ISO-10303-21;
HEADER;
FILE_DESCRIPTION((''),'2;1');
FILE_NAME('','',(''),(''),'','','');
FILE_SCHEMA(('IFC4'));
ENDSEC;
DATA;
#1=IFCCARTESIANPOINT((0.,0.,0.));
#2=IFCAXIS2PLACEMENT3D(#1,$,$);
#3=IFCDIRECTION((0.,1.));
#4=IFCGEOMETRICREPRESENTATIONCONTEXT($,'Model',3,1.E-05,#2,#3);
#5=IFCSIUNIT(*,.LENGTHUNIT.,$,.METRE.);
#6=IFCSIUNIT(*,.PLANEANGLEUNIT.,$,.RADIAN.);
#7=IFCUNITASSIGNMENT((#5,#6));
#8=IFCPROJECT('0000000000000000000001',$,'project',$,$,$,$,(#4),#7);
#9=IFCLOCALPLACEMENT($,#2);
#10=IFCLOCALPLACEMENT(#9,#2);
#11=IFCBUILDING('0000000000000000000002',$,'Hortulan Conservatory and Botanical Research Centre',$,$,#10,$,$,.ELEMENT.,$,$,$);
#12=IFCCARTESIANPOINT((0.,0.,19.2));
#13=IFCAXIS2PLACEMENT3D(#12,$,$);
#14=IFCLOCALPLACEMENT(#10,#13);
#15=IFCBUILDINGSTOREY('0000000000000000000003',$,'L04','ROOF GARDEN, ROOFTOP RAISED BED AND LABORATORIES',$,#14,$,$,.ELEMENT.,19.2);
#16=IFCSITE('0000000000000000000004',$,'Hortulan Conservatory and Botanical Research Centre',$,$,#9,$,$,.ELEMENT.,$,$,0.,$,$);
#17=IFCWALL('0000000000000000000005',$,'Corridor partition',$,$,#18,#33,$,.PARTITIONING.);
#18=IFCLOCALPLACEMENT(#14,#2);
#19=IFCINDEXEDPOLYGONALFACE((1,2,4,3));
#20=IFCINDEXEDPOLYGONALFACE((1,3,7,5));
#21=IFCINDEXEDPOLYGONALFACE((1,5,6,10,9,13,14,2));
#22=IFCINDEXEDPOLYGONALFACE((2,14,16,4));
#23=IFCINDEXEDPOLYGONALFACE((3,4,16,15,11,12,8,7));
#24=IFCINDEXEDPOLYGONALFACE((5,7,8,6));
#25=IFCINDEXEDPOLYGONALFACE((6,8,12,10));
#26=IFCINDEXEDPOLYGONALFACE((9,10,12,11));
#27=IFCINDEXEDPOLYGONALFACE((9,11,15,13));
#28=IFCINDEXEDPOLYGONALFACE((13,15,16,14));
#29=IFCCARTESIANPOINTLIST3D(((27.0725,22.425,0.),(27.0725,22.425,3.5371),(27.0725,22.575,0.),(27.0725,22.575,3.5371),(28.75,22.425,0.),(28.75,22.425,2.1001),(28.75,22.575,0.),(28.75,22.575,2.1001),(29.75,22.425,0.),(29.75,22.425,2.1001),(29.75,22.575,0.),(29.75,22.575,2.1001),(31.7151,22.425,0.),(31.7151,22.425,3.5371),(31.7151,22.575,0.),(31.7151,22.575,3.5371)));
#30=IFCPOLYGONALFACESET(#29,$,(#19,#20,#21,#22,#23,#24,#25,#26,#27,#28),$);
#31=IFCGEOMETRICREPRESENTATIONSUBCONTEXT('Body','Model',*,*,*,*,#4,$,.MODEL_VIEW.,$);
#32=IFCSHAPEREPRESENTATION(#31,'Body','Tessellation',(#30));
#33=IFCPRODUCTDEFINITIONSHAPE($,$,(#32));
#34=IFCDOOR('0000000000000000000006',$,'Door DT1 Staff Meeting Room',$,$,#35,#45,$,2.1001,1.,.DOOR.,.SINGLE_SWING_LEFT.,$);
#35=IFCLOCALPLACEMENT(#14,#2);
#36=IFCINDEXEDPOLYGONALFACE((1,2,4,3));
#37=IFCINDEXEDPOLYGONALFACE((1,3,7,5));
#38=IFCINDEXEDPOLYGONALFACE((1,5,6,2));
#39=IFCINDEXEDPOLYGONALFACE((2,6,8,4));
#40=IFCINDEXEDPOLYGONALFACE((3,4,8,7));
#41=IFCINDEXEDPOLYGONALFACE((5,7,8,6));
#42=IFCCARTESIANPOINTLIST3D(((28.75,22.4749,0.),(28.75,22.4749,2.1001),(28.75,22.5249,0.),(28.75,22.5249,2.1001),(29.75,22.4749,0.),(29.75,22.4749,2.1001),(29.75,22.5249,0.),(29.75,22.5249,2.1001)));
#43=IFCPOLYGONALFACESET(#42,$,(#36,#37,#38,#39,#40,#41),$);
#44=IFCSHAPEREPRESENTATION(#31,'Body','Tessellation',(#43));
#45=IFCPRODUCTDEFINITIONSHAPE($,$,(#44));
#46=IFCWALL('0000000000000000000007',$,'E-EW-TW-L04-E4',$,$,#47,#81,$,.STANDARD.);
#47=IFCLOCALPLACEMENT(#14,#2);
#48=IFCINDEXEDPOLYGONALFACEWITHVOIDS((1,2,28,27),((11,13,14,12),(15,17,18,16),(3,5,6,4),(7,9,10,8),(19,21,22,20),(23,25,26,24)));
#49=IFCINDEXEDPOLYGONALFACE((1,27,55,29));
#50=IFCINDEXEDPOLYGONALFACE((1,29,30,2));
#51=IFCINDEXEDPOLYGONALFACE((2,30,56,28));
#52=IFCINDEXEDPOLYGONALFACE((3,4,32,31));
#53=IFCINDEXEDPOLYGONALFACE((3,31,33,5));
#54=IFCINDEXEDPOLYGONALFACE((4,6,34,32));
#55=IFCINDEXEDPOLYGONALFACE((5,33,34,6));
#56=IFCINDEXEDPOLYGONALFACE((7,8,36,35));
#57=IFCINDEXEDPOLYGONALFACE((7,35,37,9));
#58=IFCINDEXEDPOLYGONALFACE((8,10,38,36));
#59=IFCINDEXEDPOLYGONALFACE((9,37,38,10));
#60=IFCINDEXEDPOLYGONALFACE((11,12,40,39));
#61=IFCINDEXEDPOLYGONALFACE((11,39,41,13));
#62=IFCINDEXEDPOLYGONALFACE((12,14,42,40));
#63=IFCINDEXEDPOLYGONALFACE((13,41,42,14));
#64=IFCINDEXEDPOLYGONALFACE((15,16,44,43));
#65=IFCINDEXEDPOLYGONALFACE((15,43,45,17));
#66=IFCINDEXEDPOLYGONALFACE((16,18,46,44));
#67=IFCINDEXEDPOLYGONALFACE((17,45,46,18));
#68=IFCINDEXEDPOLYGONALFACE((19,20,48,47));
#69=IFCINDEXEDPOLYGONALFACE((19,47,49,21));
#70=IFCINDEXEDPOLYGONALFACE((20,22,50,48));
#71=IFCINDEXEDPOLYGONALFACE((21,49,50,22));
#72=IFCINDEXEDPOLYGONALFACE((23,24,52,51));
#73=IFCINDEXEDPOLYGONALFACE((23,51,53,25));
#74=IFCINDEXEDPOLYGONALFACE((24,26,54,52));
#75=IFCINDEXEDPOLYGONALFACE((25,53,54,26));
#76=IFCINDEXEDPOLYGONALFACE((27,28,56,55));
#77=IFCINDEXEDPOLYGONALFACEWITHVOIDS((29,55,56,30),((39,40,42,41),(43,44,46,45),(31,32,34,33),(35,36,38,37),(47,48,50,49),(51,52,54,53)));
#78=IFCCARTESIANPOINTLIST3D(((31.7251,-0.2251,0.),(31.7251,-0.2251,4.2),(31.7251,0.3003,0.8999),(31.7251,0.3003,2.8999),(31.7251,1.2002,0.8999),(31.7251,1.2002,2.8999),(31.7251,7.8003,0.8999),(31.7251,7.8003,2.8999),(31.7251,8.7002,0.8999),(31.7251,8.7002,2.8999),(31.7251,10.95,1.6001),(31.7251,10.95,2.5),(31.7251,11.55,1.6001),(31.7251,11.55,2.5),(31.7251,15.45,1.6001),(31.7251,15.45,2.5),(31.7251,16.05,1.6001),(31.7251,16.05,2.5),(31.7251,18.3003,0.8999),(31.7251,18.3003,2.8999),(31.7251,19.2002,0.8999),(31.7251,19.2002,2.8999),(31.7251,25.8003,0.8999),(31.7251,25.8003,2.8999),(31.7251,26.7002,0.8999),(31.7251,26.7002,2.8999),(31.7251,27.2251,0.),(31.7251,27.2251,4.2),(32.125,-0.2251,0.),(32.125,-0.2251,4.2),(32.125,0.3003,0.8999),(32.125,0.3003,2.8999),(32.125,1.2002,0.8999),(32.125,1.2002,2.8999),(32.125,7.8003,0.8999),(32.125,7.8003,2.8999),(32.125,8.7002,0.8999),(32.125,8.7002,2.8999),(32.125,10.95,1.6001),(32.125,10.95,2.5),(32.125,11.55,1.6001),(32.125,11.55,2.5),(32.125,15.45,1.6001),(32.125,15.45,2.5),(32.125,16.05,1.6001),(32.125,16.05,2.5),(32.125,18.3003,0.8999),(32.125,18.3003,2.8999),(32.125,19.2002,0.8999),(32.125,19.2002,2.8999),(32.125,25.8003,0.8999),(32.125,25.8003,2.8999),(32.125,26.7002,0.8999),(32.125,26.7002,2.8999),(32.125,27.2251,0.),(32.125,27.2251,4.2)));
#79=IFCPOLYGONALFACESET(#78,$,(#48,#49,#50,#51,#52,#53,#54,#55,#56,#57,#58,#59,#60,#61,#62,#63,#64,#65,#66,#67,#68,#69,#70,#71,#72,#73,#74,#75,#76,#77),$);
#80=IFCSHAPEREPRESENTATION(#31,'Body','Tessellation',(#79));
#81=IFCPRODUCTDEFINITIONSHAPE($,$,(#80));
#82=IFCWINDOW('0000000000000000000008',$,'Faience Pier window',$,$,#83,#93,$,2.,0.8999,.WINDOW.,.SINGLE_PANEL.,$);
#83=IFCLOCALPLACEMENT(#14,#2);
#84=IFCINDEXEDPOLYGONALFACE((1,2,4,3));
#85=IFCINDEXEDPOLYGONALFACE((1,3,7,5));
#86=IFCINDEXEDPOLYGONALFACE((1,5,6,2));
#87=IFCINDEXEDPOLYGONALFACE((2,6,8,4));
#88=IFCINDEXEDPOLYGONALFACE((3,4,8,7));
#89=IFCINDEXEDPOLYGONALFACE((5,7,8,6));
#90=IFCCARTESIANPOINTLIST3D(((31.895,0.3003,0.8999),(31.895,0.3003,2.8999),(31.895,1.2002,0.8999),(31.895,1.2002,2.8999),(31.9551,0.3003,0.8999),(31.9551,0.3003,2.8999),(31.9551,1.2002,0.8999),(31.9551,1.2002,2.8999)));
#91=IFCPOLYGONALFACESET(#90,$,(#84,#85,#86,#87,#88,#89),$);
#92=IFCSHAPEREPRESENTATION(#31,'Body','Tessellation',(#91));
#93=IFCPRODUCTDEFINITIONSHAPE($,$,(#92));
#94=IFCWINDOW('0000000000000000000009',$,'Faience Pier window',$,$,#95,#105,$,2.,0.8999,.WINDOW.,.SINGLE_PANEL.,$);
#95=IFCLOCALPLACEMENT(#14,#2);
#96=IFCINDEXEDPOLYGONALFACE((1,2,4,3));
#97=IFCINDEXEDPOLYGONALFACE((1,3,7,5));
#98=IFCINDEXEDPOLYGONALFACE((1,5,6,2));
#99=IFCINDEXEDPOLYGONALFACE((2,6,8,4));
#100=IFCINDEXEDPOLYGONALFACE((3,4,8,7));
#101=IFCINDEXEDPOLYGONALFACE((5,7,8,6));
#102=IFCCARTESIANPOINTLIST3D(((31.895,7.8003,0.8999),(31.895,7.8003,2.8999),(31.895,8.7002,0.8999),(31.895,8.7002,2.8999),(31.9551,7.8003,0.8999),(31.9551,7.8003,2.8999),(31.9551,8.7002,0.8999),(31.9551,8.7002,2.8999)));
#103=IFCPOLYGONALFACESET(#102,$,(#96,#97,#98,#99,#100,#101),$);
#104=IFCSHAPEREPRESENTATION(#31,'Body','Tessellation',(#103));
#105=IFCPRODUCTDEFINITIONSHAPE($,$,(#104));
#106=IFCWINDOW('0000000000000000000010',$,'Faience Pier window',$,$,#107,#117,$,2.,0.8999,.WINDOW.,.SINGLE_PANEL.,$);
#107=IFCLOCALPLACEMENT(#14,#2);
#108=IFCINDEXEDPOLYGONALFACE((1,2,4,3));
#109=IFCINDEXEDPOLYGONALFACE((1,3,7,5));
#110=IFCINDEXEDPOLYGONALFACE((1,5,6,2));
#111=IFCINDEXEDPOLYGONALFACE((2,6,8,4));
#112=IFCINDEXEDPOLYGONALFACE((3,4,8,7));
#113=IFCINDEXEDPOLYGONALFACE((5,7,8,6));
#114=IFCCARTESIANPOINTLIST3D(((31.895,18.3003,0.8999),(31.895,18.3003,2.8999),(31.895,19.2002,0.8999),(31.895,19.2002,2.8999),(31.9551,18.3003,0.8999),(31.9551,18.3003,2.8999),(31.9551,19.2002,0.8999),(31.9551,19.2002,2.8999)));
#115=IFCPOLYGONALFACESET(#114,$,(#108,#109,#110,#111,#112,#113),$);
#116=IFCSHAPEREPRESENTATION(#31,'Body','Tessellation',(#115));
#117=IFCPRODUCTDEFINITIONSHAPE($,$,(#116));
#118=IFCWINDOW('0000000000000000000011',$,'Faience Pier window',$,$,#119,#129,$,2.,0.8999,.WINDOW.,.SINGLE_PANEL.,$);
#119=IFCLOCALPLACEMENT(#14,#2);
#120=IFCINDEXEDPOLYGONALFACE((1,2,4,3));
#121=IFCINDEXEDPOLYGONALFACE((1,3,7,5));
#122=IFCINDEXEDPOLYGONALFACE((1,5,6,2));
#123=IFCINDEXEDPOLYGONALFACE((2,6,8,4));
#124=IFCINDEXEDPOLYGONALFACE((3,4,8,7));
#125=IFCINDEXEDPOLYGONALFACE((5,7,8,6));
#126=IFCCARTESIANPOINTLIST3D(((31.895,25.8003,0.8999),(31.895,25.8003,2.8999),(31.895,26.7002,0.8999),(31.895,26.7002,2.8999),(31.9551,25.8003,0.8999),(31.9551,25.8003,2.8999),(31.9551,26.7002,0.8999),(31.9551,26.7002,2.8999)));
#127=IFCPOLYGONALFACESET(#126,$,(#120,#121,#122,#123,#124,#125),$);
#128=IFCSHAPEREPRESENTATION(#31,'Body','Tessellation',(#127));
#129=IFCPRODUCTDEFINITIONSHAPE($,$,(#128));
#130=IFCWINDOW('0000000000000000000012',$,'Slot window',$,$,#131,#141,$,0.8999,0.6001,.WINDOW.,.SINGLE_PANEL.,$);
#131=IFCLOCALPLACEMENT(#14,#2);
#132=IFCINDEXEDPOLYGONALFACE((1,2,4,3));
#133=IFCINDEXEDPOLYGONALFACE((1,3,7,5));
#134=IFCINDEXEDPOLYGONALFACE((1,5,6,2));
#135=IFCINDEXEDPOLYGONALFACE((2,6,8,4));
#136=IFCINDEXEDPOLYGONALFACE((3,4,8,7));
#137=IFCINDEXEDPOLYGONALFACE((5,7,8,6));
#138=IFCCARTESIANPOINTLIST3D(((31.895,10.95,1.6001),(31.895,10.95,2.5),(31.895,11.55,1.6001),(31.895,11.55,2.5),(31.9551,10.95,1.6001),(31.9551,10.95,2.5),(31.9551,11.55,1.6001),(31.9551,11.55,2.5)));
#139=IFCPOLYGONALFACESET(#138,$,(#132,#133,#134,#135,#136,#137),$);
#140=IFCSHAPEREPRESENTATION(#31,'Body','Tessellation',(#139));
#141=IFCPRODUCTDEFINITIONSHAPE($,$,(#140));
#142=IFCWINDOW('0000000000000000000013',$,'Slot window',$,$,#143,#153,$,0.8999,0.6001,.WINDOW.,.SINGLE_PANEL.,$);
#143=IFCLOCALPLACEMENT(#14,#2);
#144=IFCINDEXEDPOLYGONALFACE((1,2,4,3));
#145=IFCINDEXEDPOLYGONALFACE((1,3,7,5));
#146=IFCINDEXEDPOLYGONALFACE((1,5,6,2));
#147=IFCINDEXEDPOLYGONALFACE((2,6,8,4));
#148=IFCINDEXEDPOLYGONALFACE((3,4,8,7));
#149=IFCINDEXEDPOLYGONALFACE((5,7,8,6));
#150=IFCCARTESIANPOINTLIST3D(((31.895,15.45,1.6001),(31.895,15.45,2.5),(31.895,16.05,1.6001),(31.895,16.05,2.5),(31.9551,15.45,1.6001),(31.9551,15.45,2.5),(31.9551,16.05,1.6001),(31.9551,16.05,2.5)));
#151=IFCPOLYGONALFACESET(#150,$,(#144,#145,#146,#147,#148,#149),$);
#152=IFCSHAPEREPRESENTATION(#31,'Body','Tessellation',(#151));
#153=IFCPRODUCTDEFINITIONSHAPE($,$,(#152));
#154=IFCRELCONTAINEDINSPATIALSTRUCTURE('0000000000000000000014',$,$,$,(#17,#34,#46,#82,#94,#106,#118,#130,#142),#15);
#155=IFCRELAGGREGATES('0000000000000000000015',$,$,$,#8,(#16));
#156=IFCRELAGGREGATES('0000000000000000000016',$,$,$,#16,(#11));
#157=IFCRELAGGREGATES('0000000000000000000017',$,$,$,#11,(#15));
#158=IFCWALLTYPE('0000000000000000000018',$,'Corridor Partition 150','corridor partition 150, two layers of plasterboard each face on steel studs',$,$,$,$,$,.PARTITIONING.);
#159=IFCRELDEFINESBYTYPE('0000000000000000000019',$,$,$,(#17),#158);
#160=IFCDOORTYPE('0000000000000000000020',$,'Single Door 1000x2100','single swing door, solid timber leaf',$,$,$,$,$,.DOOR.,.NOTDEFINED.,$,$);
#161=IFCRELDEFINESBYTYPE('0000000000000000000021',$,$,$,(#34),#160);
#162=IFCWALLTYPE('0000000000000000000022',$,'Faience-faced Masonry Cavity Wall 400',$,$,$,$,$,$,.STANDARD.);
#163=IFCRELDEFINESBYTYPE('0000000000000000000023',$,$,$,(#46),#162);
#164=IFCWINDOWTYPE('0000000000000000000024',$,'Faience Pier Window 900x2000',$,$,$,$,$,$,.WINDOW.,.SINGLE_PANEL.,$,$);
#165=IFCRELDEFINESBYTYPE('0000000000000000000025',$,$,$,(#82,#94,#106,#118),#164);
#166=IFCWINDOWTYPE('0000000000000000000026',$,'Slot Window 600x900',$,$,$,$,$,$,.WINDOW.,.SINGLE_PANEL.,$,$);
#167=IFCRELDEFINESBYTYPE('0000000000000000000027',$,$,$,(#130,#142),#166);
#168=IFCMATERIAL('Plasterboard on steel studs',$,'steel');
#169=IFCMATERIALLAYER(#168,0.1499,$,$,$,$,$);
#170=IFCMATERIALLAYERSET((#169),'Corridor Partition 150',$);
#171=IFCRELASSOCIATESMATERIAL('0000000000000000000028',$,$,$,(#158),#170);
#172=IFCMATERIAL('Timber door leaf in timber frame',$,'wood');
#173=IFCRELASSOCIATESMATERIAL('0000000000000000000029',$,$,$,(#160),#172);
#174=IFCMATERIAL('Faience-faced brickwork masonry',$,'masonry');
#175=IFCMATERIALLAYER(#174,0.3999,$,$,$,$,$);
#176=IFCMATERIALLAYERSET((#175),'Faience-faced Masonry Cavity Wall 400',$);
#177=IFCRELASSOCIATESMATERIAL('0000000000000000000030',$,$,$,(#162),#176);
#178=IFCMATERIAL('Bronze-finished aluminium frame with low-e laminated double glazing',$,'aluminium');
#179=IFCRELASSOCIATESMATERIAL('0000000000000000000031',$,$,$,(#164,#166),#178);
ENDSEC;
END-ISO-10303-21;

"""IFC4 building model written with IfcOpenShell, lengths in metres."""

from ifc_helpers import new_model, si_unit, direction, frame, frame_2d, origin, place, context, subcontext, project, spatial, rectangle, extrude, material, layer, layer_set, type_object, element, fill, save


model = new_model("IFC4")

# Units and contexts
model_context = context("Model", 3, precision=1e-05, world=origin(), true_north=direction((0.0, 1.0)))
body_context = subcontext(model_context, "Body", "Model", "MODEL_VIEW")
ifc_project = project(units=[si_unit("LENGTHUNIT", "METRE"), si_unit("PLANEANGLEUNIT", "RADIAN")], contexts=[model_context])

# Site, building, storey
site_placement = place(None, origin())
site = spatial("IfcSite", under=ifc_project, at=site_placement, Name="Hortulan Conservatory and Botanical Research Centre", CompositionType="ELEMENT", RefElevation=0.0)
building_placement = place(site_placement, origin())
building = spatial("IfcBuilding", under=site, at=building_placement, Name="Hortulan Conservatory and Botanical Research Centre", CompositionType="ELEMENT")
storey_placement = place(building_placement, frame((0.0, 0.0, 19.2)))
storey = spatial("IfcBuildingStorey", under=building, at=storey_placement, Name="L04", Description="ROOF GARDEN, ROOFTOP RAISED BED AND LABORATORIES", CompositionType="ELEMENT", Elevation=19.2)

# Wall, opening, door
ifc_material_1 = material(Name="Plasterboard on steel studs", Category="steel")
ifc_layer_1 = layer(ifc_material_1, 0.1499)
ifc_layer_set_1 = layer_set([ifc_layer_1], Name="Corridor Partition 150")
wall_type_1 = type_object("IfcWallType", Name="Corridor Partition 150", Description="corridor partition 150, two layers of plasterboard each face on steel studs", PredefinedType="PARTITIONING", material=ifc_layer_set_1)
wall_1_placement = place(storey_placement, frame((27.0725, 22.5, 0.0), z_axis=(0.0, 0.0, 1.0), x_axis=(1.0, 0.0, 0.0)))
wall_1 = element("IfcWall", 1, at=wall_1_placement, inside=storey, type_object=wall_type_1, Name="Corridor partition", PredefinedType="PARTITIONING", context=body_context, shape_type="SweptSolid", body=[
    extrude(rectangle(XDim=4.6426, YDim=0.1499, at=frame_2d((2.3213, 0.0))), origin(), (0.0, 0.0, 1.0), 3.5371),
])
opening_1_placement = place(wall_1_placement, frame((1.6775, 0.0, 0.0)))
opening_1 = element("IfcOpeningElement", 2, at=opening_1_placement, cuts=wall_1, PredefinedType="OPENING", context=body_context, shape_type="SweptSolid", body=[
    extrude(rectangle(XDim=1.0, YDim=2.1001, at=frame_2d((0.5, 1.05))), frame((0.0, 0.085, 0.0), z_axis=(0.0, -1.0, 0.0), x_axis=(1.0, 0.0, 0.0)), (0.0, 0.0, 1.0), 0.1699),
])
ifc_material_2 = material(Name="Timber door leaf in timber frame", Category="wood")
door_type = type_object("IfcDoorType", Name="Single Door 1000x2100", Description="single swing door, solid timber leaf", OperationType="NOTDEFINED", PredefinedType="DOOR", material=ifc_material_2)
door_placement = place(opening_1_placement, origin())
door = element("IfcDoor", 3, at=door_placement, inside=storey, type_object=door_type, Name="Door DT1 Staff Meeting Room", OperationType="SINGLE_SWING_LEFT", OverallHeight=2.1001, OverallWidth=1.0, PredefinedType="DOOR", context=body_context, shape_type="SweptSolid", body=[
    extrude(rectangle(XDim=1.0, YDim=2.1001, at=frame_2d((0.5, 1.05))), frame((0.0, 0.0249, 0.0), z_axis=(0.0, -1.0, 0.0), x_axis=(1.0, 0.0, 0.0)), (0.0, 0.0, 1.0), 0.05),
])
fill(opening_1, door)

# Wall, openings, windows
ifc_material_3 = material(Name="Faience-faced brickwork masonry", Category="masonry")
ifc_layer_2 = layer(ifc_material_3, 0.3999)
ifc_layer_set_2 = layer_set([ifc_layer_2], Name="Faience-faced Masonry Cavity Wall 400")
wall_type_2 = type_object("IfcWallType", Name="Faience-faced Masonry Cavity Wall 400", PredefinedType="STANDARD", material=ifc_layer_set_2)
wall_2_placement = place(storey_placement, frame((31.925, 27.2251, 0.0), z_axis=(0.0, 0.0, 1.0), x_axis=(0.0, -1.0, 0.0)))
wall_2 = element("IfcWall", 4, at=wall_2_placement, inside=storey, type_object=wall_type_2, Name="E-EW-TW-L04-E4", PredefinedType="STANDARD", context=body_context, shape_type="SweptSolid", body=[
    extrude(rectangle(XDim=27.4502, YDim=0.3999, at=frame_2d((13.7251, 0.0))), origin(), (0.0, 0.0, 1.0), 4.2),
])
opening_2_placement = place(wall_2_placement, frame((26.0249, 0.0, 0.8999)))
opening_2 = element("IfcOpeningElement", 5, at=opening_2_placement, cuts=wall_2, PredefinedType="OPENING", context=body_context, shape_type="SweptSolid", body=[
    extrude(rectangle(XDim=0.8999, YDim=2.0, at=frame_2d((0.45, 1.0))), frame((0.0, 0.21, 0.0), z_axis=(0.0, -1.0, 0.0), x_axis=(1.0, 0.0, 0.0)), (0.0, 0.0, 1.0), 0.4199),
])
opening_3_placement = place(wall_2_placement, frame((18.5249, 0.0, 0.8999)))
opening_3 = element("IfcOpeningElement", 6, at=opening_3_placement, cuts=wall_2, PredefinedType="OPENING", context=body_context, shape_type="SweptSolid", body=[
    extrude(rectangle(XDim=0.8999, YDim=2.0, at=frame_2d((0.45, 1.0))), frame((0.0, 0.21, 0.0), z_axis=(0.0, -1.0, 0.0), x_axis=(1.0, 0.0, 0.0)), (0.0, 0.0, 1.0), 0.4199),
])
opening_4_placement = place(wall_2_placement, frame((15.675, 0.0, 1.6001)))
opening_4 = element("IfcOpeningElement", 7, at=opening_4_placement, cuts=wall_2, PredefinedType="OPENING", context=body_context, shape_type="SweptSolid", body=[
    extrude(rectangle(XDim=0.6001, YDim=0.8999, at=frame_2d((0.3, 0.45))), frame((0.0, 0.21, 0.0), z_axis=(0.0, -1.0, 0.0), x_axis=(1.0, 0.0, 0.0)), (0.0, 0.0, 1.0), 0.4199),
])
opening_5_placement = place(wall_2_placement, frame((11.175, 0.0, 1.6001)))
opening_5 = element("IfcOpeningElement", 8, at=opening_5_placement, cuts=wall_2, PredefinedType="OPENING", context=body_context, shape_type="SweptSolid", body=[
    extrude(rectangle(XDim=0.6001, YDim=0.8999, at=frame_2d((0.3, 0.45))), frame((0.0, 0.21, 0.0), z_axis=(0.0, -1.0, 0.0), x_axis=(1.0, 0.0, 0.0)), (0.0, 0.0, 1.0), 0.4199),
])
opening_6_placement = place(wall_2_placement, frame((8.0249, 0.0, 0.8999)))
opening_6 = element("IfcOpeningElement", 9, at=opening_6_placement, cuts=wall_2, PredefinedType="OPENING", context=body_context, shape_type="SweptSolid", body=[
    extrude(rectangle(XDim=0.8999, YDim=2.0, at=frame_2d((0.45, 1.0))), frame((0.0, 0.21, 0.0), z_axis=(0.0, -1.0, 0.0), x_axis=(1.0, 0.0, 0.0)), (0.0, 0.0, 1.0), 0.4199),
])
opening_7_placement = place(wall_2_placement, frame((0.5249, 0.0, 0.8999)))
opening_7 = element("IfcOpeningElement", 10, at=opening_7_placement, cuts=wall_2, PredefinedType="OPENING", context=body_context, shape_type="SweptSolid", body=[
    extrude(rectangle(XDim=0.8999, YDim=2.0, at=frame_2d((0.45, 1.0))), frame((0.0, 0.21, 0.0), z_axis=(0.0, -1.0, 0.0), x_axis=(1.0, 0.0, 0.0)), (0.0, 0.0, 1.0), 0.4199),
])
ifc_material_4 = material(Name="Bronze-finished aluminium frame with low-e laminated double glazing", Category="aluminium")
window_type_1 = type_object("IfcWindowType", Name="Faience Pier Window 900x2000", PartitioningType="SINGLE_PANEL", PredefinedType="WINDOW", material=ifc_material_4)
window_1_placement = place(opening_2_placement, origin())
window_1 = element("IfcWindow", 11, at=window_1_placement, inside=storey, type_object=window_type_1, Name="Faience Pier window", OverallHeight=2.0, OverallWidth=0.8999, PartitioningType="SINGLE_PANEL", PredefinedType="WINDOW", context=body_context, shape_type="SweptSolid", body=[
    extrude(rectangle(XDim=0.8999, YDim=2.0, at=frame_2d((0.45, 1.0))), frame((0.0, 0.03, 0.0), z_axis=(0.0, -1.0, 0.0), x_axis=(1.0, 0.0, 0.0)), (0.0, 0.0, 1.0), 0.0601),
])
fill(opening_2, window_1)
window_2_placement = place(opening_3_placement, origin())
window_2 = element("IfcWindow", 12, at=window_2_placement, inside=storey, type_object=window_type_1, Name="Faience Pier window", OverallHeight=2.0, OverallWidth=0.8999, PartitioningType="SINGLE_PANEL", PredefinedType="WINDOW", context=body_context, shape_type="SweptSolid", body=[
    extrude(rectangle(XDim=0.8999, YDim=2.0, at=frame_2d((0.45, 1.0))), frame((0.0, 0.03, 0.0), z_axis=(0.0, -1.0, 0.0), x_axis=(1.0, 0.0, 0.0)), (0.0, 0.0, 1.0), 0.0601),
])
fill(opening_3, window_2)
window_3_placement = place(opening_6_placement, origin())
window_3 = element("IfcWindow", 13, at=window_3_placement, inside=storey, type_object=window_type_1, Name="Faience Pier window", OverallHeight=2.0, OverallWidth=0.8999, PartitioningType="SINGLE_PANEL", PredefinedType="WINDOW", context=body_context, shape_type="SweptSolid", body=[
    extrude(rectangle(XDim=0.8999, YDim=2.0, at=frame_2d((0.45, 1.0))), frame((0.0, 0.03, 0.0), z_axis=(0.0, -1.0, 0.0), x_axis=(1.0, 0.0, 0.0)), (0.0, 0.0, 1.0), 0.0601),
])
fill(opening_6, window_3)
window_4_placement = place(opening_7_placement, origin())
window_4 = element("IfcWindow", 14, at=window_4_placement, inside=storey, type_object=window_type_1, Name="Faience Pier window", OverallHeight=2.0, OverallWidth=0.8999, PartitioningType="SINGLE_PANEL", PredefinedType="WINDOW", context=body_context, shape_type="SweptSolid", body=[
    extrude(rectangle(XDim=0.8999, YDim=2.0, at=frame_2d((0.45, 1.0))), frame((0.0, 0.03, 0.0), z_axis=(0.0, -1.0, 0.0), x_axis=(1.0, 0.0, 0.0)), (0.0, 0.0, 1.0), 0.0601),
])
fill(opening_7, window_4)
window_type_2 = type_object("IfcWindowType", Name="Slot Window 600x900", PartitioningType="SINGLE_PANEL", PredefinedType="WINDOW", material=ifc_material_4)
window_5_placement = place(opening_4_placement, origin())
window_5 = element("IfcWindow", 15, at=window_5_placement, inside=storey, type_object=window_type_2, Name="Slot window", OverallHeight=0.8999, OverallWidth=0.6001, PartitioningType="SINGLE_PANEL", PredefinedType="WINDOW", context=body_context, shape_type="SweptSolid", body=[
    extrude(rectangle(XDim=0.6001, YDim=0.8999, at=frame_2d((0.3, 0.45))), frame((0.0, 0.03, 0.0), z_axis=(0.0, -1.0, 0.0), x_axis=(1.0, 0.0, 0.0)), (0.0, 0.0, 1.0), 0.0601),
])
fill(opening_4, window_5)
window_6_placement = place(opening_5_placement, origin())
window_6 = element("IfcWindow", 16, at=window_6_placement, inside=storey, type_object=window_type_2, Name="Slot window", OverallHeight=0.8999, OverallWidth=0.6001, PartitioningType="SINGLE_PANEL", PredefinedType="WINDOW", context=body_context, shape_type="SweptSolid", body=[
    extrude(rectangle(XDim=0.6001, YDim=0.8999, at=frame_2d((0.3, 0.45))), frame((0.0, 0.03, 0.0), z_axis=(0.0, -1.0, 0.0), x_axis=(1.0, 0.0, 0.0)), (0.0, 0.0, 1.0), 0.0601),
])
fill(opening_5, window_6)

save(model, "model.ifc")
